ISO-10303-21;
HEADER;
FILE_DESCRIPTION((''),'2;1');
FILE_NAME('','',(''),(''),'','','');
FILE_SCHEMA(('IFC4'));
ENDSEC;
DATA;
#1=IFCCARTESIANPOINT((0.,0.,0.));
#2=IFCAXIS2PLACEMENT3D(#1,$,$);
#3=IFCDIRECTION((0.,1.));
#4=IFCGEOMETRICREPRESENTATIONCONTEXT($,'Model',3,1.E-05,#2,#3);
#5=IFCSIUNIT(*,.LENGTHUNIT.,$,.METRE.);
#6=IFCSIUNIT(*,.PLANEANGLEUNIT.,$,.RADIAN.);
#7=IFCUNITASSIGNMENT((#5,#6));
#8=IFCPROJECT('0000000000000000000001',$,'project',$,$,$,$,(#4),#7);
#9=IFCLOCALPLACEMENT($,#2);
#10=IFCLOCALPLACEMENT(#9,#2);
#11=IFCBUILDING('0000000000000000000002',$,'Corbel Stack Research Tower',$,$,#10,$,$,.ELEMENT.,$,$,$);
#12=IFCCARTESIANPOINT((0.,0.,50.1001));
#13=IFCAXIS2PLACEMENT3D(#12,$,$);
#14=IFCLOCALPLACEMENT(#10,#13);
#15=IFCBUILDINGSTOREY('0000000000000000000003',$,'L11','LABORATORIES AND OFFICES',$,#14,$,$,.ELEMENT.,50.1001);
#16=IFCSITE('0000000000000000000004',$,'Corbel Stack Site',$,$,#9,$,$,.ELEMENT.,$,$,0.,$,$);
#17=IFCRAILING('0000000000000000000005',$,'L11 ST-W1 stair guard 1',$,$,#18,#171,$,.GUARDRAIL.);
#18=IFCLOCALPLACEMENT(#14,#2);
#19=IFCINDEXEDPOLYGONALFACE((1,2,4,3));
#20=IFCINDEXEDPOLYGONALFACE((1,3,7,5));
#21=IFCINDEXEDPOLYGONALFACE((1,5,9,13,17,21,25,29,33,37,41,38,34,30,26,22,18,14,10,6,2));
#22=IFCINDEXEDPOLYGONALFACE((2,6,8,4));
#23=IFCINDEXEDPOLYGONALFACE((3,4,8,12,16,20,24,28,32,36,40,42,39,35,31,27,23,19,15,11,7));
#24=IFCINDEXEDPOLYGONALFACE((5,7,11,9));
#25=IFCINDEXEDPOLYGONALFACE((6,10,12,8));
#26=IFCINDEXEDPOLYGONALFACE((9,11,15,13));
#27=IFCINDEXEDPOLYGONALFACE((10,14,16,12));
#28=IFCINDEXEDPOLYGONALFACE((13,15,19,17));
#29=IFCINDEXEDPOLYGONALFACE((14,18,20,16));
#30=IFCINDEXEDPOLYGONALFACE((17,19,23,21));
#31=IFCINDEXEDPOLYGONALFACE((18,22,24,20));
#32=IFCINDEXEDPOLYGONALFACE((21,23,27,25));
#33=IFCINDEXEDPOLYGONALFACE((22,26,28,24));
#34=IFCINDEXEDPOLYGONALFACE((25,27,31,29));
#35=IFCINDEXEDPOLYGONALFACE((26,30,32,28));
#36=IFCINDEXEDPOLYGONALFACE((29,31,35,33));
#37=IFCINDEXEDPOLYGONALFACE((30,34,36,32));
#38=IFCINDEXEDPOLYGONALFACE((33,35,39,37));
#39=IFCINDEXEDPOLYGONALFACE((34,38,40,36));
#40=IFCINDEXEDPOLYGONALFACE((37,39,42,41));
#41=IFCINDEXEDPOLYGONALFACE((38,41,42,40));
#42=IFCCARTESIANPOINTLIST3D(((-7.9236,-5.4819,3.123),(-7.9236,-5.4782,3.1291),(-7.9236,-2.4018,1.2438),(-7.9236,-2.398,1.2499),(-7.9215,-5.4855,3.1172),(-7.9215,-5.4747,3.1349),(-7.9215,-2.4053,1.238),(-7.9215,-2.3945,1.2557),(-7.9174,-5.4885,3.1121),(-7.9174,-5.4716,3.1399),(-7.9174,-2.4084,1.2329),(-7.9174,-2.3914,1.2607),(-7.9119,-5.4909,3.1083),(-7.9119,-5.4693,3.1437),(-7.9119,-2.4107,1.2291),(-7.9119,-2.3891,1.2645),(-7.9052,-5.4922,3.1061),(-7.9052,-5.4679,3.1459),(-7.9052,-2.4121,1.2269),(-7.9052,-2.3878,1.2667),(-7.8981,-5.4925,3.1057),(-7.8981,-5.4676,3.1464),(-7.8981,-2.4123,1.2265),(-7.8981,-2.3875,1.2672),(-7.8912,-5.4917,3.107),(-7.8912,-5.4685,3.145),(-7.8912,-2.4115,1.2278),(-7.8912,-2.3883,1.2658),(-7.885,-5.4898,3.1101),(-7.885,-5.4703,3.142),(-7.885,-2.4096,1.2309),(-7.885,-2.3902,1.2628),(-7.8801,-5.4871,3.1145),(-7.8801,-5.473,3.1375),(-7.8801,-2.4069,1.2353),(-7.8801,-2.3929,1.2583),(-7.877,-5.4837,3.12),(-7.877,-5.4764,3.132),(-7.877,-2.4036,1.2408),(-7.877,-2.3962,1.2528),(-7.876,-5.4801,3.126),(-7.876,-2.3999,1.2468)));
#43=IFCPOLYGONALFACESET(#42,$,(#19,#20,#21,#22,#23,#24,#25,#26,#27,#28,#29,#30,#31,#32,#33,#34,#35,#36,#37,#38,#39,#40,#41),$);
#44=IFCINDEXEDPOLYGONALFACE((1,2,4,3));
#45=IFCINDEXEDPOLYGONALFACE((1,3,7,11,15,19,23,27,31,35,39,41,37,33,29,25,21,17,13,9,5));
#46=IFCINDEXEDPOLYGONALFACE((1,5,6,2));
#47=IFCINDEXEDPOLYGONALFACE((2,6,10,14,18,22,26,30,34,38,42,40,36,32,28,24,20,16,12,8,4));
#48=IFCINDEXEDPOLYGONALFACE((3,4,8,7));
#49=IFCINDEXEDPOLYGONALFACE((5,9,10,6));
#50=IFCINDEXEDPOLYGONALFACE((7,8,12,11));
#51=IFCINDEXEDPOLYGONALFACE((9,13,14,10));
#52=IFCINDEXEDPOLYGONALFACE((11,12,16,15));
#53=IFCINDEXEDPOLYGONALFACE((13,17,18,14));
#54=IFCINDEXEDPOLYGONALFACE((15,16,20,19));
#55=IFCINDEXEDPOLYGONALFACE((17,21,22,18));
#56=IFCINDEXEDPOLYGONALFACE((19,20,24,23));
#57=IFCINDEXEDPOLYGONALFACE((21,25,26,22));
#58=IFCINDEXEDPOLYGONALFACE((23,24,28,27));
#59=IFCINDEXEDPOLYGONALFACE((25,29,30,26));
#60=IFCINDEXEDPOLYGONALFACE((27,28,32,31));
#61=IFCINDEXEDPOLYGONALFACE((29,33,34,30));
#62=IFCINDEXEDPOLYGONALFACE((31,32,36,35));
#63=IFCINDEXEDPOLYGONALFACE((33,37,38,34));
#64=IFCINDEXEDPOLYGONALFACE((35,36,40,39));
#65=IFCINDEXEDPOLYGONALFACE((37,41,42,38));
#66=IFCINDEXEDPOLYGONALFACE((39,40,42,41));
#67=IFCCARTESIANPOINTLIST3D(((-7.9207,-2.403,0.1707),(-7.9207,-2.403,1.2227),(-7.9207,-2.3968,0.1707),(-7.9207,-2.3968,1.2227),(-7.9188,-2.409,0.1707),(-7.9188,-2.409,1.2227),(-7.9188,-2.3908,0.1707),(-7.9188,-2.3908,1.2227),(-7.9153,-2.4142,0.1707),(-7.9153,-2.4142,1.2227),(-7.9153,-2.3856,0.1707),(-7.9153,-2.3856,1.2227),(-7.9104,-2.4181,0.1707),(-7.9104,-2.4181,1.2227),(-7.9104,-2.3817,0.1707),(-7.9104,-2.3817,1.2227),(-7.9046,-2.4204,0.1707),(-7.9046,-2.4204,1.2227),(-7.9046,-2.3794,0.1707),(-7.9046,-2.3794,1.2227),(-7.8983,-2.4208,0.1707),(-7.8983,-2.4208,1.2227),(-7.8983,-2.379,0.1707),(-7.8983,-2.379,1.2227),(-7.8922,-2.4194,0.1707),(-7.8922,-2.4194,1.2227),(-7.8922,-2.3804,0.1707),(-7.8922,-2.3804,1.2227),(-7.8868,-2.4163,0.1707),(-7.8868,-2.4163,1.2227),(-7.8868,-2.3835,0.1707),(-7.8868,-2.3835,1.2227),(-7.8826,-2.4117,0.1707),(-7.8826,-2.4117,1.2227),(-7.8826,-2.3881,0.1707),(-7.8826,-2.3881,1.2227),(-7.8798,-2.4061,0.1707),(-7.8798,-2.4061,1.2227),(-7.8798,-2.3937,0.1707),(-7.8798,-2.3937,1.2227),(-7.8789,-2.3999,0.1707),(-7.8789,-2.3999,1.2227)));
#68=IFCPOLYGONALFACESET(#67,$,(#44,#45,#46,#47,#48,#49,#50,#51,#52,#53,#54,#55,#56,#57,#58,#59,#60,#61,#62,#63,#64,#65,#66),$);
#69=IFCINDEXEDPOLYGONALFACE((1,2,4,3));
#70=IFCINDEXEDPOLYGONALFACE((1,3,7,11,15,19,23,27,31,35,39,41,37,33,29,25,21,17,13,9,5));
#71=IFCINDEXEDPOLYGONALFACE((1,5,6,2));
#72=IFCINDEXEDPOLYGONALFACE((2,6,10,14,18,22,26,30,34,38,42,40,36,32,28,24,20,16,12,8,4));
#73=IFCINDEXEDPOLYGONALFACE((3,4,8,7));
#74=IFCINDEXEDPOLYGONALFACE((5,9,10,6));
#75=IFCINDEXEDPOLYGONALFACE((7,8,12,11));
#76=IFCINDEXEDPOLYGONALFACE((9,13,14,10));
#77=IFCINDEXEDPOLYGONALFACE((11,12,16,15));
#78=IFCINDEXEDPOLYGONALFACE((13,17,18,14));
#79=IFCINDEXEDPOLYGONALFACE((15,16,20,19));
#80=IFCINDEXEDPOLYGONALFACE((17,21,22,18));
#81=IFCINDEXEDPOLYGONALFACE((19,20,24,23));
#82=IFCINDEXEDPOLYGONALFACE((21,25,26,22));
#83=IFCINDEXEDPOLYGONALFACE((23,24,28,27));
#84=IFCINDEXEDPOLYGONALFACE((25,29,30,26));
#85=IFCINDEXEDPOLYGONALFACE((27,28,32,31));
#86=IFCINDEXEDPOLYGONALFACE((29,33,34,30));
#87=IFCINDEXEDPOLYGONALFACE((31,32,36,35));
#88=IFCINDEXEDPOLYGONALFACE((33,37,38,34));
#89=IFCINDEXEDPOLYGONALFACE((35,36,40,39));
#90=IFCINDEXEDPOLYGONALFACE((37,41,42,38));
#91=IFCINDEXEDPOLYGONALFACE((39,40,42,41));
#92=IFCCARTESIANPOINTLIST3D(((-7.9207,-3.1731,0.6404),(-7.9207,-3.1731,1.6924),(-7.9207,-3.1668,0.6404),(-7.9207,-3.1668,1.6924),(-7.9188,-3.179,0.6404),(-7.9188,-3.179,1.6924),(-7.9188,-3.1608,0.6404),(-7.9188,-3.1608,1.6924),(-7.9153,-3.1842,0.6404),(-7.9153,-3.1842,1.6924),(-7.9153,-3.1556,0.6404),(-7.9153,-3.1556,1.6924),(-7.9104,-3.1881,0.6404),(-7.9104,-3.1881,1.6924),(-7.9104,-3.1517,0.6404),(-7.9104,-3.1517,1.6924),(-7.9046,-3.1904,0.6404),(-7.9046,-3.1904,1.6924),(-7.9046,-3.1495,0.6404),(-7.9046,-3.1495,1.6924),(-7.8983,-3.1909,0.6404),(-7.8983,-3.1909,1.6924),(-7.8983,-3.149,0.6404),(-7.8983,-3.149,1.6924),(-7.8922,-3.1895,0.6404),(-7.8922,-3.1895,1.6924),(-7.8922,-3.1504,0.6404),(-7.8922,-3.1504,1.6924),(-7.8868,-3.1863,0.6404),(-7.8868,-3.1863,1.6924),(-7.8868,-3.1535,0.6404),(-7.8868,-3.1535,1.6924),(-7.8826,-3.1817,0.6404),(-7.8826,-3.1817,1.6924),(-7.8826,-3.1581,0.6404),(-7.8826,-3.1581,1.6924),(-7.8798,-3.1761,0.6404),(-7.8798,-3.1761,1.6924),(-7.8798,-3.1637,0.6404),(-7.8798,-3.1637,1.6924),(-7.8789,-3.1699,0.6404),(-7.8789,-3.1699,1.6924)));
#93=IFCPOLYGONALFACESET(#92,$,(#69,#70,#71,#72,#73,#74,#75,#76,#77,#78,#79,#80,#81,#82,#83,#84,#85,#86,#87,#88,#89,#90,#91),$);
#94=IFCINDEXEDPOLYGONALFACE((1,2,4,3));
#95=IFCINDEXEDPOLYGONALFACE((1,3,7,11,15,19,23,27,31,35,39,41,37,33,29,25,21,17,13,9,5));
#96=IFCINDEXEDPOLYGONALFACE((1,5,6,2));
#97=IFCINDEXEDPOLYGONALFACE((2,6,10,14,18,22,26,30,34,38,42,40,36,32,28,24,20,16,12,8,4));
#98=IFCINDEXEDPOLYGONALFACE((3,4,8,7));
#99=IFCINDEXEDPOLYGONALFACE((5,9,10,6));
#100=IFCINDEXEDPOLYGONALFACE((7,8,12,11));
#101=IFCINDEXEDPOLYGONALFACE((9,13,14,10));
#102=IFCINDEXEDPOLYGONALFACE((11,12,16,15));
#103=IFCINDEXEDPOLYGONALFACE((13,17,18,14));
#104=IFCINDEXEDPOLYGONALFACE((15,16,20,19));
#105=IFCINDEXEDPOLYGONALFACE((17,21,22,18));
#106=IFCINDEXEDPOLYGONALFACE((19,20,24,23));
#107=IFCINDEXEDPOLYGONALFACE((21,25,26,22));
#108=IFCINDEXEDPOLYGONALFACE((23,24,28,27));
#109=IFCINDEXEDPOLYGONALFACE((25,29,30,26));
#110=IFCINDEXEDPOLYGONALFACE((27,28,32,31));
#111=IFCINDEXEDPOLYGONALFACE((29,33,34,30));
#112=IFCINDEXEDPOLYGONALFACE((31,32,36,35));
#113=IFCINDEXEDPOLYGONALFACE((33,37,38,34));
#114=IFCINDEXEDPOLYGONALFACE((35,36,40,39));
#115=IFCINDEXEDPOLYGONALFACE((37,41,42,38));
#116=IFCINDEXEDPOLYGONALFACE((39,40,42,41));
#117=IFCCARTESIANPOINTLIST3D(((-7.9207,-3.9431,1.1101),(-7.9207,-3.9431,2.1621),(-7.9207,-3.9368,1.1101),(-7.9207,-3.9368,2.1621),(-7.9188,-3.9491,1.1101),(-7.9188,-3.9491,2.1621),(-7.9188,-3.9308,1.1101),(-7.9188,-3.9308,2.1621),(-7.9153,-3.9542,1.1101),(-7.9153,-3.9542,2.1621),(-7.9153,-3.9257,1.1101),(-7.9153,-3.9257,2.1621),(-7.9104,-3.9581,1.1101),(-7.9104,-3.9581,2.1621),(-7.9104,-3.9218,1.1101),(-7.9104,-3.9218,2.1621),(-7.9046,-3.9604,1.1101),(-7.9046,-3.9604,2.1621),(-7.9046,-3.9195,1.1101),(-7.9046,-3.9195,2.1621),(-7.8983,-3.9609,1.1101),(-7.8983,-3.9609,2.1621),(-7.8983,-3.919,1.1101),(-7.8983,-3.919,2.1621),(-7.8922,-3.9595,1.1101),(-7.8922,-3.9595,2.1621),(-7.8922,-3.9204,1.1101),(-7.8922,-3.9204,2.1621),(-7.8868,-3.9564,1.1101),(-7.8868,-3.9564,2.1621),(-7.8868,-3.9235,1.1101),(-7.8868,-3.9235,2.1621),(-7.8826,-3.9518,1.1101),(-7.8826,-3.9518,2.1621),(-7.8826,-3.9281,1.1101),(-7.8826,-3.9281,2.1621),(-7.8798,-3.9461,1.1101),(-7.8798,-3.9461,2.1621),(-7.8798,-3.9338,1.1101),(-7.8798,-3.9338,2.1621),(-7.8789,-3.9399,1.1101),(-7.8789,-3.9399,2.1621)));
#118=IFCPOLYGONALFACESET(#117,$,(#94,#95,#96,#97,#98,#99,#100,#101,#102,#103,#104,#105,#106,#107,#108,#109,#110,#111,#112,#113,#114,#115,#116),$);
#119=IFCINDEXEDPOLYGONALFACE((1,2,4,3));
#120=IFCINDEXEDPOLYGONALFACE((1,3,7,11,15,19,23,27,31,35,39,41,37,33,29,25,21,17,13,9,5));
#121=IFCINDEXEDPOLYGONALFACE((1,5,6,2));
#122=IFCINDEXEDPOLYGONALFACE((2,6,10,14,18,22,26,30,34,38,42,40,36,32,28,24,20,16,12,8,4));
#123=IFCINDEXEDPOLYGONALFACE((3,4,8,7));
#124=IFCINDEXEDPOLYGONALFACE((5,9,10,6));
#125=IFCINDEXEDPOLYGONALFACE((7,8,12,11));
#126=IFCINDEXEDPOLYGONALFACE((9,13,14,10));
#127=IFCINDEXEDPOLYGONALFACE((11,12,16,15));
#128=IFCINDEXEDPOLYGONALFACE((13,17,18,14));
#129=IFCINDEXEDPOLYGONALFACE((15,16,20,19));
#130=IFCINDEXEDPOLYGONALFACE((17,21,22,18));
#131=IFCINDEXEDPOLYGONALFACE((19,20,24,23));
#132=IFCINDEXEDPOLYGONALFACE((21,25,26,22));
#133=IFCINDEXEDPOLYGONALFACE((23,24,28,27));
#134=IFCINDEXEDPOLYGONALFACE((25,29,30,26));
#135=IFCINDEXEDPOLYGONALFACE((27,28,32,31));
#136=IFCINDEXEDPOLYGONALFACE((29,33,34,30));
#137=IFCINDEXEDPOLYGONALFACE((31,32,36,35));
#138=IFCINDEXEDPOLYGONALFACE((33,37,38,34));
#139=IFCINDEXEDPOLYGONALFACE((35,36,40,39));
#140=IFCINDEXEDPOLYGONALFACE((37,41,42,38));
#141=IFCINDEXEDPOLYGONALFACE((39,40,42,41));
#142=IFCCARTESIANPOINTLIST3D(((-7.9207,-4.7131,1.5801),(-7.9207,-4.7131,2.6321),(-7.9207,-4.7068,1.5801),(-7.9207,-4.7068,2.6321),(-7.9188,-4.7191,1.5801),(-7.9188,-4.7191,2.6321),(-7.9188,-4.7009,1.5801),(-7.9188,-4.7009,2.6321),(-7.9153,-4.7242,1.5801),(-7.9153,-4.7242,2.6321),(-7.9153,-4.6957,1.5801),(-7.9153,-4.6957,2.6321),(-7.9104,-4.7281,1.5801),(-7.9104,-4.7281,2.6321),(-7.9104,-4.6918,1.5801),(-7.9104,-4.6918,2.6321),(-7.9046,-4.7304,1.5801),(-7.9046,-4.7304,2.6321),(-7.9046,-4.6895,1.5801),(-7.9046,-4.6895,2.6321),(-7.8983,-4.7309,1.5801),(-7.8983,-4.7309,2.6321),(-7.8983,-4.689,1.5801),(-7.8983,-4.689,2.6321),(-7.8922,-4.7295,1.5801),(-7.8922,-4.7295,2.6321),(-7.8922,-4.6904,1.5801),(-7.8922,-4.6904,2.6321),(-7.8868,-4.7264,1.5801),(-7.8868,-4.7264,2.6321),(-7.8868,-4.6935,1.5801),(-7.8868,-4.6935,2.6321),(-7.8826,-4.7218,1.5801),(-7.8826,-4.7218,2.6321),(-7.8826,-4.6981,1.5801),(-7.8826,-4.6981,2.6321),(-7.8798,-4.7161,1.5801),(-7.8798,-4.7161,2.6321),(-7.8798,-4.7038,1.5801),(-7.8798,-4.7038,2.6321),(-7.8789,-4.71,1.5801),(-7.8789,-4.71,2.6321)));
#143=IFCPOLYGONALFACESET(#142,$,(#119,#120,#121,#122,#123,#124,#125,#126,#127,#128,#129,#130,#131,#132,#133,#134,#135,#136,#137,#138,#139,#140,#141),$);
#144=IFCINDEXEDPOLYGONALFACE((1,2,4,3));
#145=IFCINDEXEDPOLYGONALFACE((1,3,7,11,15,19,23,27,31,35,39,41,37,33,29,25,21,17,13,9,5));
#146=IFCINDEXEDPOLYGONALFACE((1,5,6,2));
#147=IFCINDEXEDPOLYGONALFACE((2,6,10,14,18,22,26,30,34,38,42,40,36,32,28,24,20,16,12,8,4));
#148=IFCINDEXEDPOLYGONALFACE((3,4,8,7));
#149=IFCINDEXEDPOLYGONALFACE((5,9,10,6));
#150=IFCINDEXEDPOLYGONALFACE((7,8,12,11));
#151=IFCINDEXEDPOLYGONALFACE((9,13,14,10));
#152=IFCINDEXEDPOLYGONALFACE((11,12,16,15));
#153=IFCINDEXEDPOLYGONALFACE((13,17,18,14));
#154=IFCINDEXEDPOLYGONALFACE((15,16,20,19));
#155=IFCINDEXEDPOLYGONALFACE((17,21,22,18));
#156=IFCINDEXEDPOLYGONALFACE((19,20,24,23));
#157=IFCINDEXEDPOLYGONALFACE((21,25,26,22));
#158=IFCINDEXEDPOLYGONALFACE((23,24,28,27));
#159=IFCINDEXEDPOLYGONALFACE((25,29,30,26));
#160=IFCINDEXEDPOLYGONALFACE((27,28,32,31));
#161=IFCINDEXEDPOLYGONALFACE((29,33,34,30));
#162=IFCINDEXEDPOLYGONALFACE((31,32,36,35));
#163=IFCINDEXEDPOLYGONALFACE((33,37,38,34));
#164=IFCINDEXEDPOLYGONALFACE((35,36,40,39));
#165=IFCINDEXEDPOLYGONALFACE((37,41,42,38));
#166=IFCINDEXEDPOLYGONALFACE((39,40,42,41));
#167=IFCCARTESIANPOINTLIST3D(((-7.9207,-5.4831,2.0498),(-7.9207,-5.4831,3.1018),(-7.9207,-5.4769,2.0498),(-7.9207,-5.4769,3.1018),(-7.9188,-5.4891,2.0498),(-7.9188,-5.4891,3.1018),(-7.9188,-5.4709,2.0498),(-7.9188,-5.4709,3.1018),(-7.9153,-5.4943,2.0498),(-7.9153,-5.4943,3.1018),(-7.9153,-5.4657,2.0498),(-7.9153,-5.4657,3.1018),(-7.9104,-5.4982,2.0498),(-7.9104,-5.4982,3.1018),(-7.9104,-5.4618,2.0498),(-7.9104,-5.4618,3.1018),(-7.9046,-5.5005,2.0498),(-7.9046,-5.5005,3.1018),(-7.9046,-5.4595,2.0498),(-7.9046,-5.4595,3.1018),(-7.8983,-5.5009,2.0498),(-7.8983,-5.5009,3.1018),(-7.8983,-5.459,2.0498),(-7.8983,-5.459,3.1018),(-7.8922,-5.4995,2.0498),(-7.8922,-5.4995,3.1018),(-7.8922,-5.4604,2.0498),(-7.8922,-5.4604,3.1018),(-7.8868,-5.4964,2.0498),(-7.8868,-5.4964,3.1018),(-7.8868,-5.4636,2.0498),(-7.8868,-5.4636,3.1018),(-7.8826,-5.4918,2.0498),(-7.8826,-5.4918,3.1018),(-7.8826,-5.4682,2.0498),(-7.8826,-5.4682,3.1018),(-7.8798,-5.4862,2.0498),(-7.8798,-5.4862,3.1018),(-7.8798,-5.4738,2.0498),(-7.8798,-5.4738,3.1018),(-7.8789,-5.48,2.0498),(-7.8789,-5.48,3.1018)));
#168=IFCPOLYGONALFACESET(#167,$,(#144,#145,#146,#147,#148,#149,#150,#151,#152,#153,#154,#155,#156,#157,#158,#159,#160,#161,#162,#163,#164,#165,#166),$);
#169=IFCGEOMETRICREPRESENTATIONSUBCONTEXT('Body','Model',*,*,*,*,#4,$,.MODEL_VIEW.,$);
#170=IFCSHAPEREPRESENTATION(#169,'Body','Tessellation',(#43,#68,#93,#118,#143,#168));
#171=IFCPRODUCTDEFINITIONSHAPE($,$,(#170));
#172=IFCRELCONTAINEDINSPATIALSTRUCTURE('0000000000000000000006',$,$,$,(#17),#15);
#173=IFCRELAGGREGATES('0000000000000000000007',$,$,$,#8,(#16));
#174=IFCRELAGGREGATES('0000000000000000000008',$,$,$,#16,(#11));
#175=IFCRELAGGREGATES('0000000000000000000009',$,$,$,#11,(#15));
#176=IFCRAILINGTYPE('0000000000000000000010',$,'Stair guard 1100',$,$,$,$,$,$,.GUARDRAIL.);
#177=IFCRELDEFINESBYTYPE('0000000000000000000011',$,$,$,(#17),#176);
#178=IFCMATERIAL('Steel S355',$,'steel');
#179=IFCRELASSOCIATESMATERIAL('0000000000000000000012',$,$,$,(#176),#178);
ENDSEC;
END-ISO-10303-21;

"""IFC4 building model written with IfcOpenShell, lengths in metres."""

from ifc_helpers import new_model, si_unit, direction, frame, origin, origin_2d, place, context, subcontext, project, spatial, circle, extrude, material, type_object, element, save


model = new_model("IFC4")

# Units and contexts
model_context = context("Model", 3, precision=1e-05, world=origin(), true_north=direction((0.0, 1.0)))
body_context = subcontext(model_context, "Body", "Model", "MODEL_VIEW")
ifc_project = project(units=[si_unit("LENGTHUNIT", "METRE"), si_unit("PLANEANGLEUNIT", "RADIAN")], contexts=[model_context])

# Site, building, storey
site_placement = place(None, origin())
site = spatial("IfcSite", under=ifc_project, at=site_placement, Name="Corbel Stack Site", CompositionType="ELEMENT", RefElevation=0.0)
building_placement = place(site_placement, origin())
building = spatial("IfcBuilding", under=site, at=building_placement, Name="Corbel Stack Research Tower", CompositionType="ELEMENT")
storey_placement = place(building_placement, frame((0.0, 0.0, 50.1001)))
storey = spatial("IfcBuildingStorey", under=building, at=storey_placement, Name="L11", Description="LABORATORIES AND OFFICES", CompositionType="ELEMENT", Elevation=50.1001)

# Railing
ifc_material_1 = material(Name="Steel S355", Category="steel")
railing_type_1 = type_object("IfcRailingType", Name="Stair guard 1100", PredefinedType="GUARDRAIL", material=ifc_material_1)
railing_1_placement = place(storey_placement, frame((-7.8999, -2.3999, 0.1707)))
element("IfcRailing", 1, at=railing_1_placement, inside=storey, type_object=railing_type_1, Name="L11 ST-W1 stair guard 1", PredefinedType="GUARDRAIL", context=body_context, shape_type="SweptSolid", body=[
    extrude(circle(Radius=0.0239, at=origin_2d()), frame((0.0, 0.0, 1.0762), z_axis=(0.0, -0.853666, 0.52082), x_axis=(1.0, 0.0, 0.0)), (0.0, 0.0, 1.0), 3.6082),
    extrude(circle(Radius=0.021, at=origin_2d()), origin(), (0.0, 0.0, 1.0), 1.052),
    extrude(circle(Radius=0.021, at=origin_2d()), frame((0.0, -0.77, 0.4697)), (0.0, 0.0, 1.0), 1.052),
    extrude(circle(Radius=0.021, at=origin_2d()), frame((0.0, -1.54, 0.9395)), (0.0, 0.0, 1.0), 1.052),
    extrude(circle(Radius=0.021, at=origin_2d()), frame((0.0, -2.3101, 1.4094)), (0.0, 0.0, 1.0), 1.052),
    extrude(circle(Radius=0.021, at=origin_2d()), frame((0.0, -3.0801, 1.8792)), (0.0, 0.0, 1.0), 1.052),
])

save(model, "model.ifc")
